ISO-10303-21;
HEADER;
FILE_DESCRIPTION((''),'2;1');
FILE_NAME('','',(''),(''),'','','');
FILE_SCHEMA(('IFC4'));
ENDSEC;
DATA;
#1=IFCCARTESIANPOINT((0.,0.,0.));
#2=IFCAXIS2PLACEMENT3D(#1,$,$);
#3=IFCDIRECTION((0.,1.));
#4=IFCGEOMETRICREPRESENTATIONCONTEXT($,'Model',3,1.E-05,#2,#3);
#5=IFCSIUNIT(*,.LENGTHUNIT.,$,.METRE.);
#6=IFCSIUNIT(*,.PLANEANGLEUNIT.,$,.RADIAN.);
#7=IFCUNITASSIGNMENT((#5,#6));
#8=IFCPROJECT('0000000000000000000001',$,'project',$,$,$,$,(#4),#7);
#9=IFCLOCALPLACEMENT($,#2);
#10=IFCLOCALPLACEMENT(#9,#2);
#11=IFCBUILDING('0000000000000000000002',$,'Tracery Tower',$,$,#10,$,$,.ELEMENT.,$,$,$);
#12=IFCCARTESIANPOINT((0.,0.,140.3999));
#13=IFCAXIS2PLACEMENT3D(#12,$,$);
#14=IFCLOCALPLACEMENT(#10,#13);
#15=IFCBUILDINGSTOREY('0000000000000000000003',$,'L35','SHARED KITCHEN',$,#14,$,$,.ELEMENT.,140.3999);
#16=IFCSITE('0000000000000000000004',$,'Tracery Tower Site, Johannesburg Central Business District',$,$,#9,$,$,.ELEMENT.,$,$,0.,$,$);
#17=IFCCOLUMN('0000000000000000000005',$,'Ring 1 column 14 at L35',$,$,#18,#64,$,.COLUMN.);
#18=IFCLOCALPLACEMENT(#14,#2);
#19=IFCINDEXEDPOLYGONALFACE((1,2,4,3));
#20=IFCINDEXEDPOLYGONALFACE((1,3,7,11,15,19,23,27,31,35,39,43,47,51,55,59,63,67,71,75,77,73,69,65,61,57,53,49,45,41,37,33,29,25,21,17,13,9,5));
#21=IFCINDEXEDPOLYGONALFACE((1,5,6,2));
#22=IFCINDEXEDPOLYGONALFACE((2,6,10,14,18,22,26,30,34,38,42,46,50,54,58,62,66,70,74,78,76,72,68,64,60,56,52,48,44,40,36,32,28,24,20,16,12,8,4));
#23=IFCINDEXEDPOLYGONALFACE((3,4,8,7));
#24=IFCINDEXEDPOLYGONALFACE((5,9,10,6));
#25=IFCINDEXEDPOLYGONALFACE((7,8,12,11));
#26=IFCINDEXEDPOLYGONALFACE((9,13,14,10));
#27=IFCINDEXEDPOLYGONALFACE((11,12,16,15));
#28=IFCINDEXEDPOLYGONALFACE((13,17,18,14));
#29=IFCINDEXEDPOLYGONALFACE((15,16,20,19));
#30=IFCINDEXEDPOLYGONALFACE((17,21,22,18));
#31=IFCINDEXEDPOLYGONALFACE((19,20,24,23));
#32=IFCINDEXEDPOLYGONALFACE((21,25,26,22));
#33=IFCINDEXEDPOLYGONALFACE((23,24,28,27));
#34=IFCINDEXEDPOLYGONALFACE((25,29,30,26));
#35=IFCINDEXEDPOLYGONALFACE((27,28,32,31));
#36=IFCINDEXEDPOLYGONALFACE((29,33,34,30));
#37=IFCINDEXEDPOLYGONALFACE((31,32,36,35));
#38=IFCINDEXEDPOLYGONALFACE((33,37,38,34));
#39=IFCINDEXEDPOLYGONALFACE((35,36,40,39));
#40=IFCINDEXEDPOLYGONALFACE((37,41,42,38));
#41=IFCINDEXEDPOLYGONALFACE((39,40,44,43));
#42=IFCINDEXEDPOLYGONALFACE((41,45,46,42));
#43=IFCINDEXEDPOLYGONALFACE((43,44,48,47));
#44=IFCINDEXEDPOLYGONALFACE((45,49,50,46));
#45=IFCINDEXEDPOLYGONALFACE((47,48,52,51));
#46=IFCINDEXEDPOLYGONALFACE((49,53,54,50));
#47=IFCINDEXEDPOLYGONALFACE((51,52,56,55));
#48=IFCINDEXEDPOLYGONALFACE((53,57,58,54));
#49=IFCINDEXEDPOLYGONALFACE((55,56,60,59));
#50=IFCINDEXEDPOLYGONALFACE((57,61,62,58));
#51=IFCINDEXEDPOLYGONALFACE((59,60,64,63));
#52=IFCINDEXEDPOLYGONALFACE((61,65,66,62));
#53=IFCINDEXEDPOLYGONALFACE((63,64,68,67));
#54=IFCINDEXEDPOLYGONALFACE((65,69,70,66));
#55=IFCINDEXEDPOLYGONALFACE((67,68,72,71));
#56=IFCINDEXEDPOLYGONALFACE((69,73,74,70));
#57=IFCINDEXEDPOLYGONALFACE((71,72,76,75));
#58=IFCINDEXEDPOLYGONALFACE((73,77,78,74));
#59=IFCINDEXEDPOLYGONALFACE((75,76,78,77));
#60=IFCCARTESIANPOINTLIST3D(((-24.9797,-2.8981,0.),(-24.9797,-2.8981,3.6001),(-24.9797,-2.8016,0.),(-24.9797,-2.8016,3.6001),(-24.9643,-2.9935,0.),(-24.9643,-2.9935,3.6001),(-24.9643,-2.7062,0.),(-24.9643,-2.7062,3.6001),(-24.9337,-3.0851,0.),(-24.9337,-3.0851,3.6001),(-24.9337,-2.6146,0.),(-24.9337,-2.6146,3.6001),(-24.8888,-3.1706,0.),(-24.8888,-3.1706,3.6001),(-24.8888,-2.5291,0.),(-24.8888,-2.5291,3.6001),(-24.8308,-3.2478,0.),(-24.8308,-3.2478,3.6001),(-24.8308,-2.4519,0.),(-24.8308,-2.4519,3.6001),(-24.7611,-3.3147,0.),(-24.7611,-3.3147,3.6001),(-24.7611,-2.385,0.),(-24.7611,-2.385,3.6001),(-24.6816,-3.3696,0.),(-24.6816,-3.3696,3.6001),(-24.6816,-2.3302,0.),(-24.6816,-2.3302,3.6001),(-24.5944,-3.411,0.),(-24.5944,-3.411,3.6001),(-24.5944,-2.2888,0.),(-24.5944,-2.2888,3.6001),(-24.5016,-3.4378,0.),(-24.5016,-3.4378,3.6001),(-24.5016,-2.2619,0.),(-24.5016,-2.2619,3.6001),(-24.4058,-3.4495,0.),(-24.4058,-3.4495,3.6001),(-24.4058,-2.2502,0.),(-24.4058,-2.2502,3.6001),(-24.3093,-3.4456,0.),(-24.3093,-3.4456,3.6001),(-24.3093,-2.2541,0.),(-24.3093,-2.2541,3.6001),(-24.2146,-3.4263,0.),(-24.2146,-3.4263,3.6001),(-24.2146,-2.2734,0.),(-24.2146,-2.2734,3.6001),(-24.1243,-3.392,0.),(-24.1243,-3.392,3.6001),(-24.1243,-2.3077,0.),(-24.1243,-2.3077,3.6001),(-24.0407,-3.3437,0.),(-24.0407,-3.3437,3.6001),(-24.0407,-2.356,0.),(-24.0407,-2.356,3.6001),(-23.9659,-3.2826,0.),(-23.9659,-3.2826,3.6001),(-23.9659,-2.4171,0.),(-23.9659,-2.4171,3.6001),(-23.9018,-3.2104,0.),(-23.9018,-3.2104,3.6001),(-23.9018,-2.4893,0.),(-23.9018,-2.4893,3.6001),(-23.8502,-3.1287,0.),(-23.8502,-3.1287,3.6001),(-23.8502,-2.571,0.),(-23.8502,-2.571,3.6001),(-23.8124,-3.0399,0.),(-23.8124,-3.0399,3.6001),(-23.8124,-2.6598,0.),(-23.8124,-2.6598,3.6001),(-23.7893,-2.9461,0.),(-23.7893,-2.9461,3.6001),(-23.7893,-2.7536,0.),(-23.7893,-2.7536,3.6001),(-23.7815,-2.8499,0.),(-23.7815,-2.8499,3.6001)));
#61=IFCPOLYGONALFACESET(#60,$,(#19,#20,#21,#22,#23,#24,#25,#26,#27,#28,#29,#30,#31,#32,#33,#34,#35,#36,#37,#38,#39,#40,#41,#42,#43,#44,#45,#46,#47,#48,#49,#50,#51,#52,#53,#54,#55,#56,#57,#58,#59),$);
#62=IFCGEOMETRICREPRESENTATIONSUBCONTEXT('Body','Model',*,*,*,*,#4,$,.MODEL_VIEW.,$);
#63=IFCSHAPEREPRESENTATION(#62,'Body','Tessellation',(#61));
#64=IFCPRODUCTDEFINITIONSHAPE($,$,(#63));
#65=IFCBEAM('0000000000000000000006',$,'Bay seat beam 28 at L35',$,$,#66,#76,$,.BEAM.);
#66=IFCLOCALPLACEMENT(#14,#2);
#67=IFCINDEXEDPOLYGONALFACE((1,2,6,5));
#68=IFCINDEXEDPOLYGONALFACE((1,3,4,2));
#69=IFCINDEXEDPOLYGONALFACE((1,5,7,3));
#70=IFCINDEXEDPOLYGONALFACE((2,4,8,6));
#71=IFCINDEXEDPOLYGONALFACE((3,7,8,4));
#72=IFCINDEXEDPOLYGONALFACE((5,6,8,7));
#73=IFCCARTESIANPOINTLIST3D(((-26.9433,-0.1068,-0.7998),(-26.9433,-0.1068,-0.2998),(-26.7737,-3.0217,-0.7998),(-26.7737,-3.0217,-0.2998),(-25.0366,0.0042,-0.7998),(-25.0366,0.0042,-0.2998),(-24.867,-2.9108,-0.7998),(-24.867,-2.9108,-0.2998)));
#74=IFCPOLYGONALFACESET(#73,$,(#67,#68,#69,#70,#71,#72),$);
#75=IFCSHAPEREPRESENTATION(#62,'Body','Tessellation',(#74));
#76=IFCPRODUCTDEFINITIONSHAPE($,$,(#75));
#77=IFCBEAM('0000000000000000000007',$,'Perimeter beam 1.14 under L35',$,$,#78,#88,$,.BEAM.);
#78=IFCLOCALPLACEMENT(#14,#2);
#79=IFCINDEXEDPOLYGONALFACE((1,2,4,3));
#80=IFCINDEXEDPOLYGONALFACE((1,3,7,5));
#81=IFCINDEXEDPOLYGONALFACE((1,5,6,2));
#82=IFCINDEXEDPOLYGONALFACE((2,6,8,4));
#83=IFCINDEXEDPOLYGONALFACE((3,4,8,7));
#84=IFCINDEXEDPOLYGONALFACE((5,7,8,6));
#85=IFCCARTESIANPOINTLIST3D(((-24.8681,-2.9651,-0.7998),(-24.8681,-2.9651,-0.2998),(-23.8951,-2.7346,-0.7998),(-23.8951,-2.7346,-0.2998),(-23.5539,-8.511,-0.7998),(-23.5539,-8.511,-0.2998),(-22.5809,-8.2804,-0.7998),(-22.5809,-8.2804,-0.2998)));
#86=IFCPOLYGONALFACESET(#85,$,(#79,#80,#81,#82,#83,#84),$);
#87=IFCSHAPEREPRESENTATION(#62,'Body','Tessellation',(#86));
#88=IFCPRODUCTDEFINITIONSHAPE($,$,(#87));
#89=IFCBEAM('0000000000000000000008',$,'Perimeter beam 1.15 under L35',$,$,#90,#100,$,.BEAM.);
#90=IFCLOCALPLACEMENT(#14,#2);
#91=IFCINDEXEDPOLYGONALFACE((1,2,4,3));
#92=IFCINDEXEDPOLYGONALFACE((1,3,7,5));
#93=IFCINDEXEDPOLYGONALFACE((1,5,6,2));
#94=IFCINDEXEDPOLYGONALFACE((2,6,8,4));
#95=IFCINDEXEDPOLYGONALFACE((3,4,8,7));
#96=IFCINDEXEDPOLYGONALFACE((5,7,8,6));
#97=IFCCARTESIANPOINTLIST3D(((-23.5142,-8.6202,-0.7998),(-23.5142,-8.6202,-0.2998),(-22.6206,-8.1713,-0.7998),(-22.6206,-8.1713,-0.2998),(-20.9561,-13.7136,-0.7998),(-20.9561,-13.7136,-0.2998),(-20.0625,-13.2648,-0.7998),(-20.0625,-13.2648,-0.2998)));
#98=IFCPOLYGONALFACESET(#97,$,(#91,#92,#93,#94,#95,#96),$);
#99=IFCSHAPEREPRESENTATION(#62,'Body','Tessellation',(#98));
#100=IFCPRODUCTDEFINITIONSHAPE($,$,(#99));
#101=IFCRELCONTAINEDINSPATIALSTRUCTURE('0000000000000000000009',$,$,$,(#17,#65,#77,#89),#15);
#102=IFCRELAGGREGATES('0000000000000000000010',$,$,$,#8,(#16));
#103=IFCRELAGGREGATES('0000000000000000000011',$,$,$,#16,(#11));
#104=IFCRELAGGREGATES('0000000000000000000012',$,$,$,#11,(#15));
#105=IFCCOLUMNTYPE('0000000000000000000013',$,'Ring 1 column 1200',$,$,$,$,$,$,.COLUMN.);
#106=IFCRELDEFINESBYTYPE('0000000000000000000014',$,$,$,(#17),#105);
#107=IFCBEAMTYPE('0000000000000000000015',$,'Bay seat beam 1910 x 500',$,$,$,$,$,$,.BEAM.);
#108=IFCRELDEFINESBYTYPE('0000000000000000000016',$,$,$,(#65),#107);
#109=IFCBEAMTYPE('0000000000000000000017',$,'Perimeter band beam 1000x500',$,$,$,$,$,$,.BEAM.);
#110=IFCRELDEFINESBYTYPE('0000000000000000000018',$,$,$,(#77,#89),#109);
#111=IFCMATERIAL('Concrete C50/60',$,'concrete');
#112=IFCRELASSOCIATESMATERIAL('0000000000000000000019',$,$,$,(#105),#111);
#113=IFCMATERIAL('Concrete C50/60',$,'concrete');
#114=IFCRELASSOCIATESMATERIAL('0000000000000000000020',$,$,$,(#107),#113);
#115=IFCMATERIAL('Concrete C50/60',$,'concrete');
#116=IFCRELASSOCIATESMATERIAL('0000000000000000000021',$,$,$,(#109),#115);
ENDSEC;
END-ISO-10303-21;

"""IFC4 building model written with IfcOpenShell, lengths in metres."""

from ifc_helpers import new_model, si_unit, direction, frame, origin, origin_2d, place, context, subcontext, project, spatial, rectangle, circle, extrude, material, material_profile, profile_set, type_object, element, save


model = new_model("IFC4")

# Units and contexts
model_context = context("Model", 3, precision=1e-05, world=origin(), true_north=direction((0.0, 1.0)))
body_context = subcontext(model_context, "Body", "Model", "MODEL_VIEW")
ifc_project = project(units=[si_unit("LENGTHUNIT", "METRE"), si_unit("PLANEANGLEUNIT", "RADIAN")], contexts=[model_context])

# Site, building, storey
site_placement = place(None, origin())
site = spatial("IfcSite", under=ifc_project, at=site_placement, Name="Tracery Tower Site, Johannesburg Central Business District", CompositionType="ELEMENT", RefElevation=0.0)
building_placement = place(site_placement, origin())
building = spatial("IfcBuilding", under=site, at=building_placement, Name="Tracery Tower", CompositionType="ELEMENT")
storey_placement = place(building_placement, frame((0.0, 0.0, 140.3999)))
storey = spatial("IfcBuildingStorey", under=building, at=storey_placement, Name="L35", Description="SHARED KITCHEN", CompositionType="ELEMENT", Elevation=140.3999)

# Column
ifc_material_1 = material(Name="Concrete C50/60", Category="concrete")
ifc_material_profile_1 = material_profile(ifc_material_1, circle(Radius=0.6001, at=origin_2d()), Name="RC D1200")
ifc_profile_set_1 = profile_set([ifc_material_profile_1], Name="Concrete C50/60")
column_type = type_object("IfcColumnType", Name="Ring 1 column 1200", PredefinedType="COLUMN", material=ifc_profile_set_1)
column_placement = place(storey_placement, frame((-24.3816, -2.8499, 0.0), z_axis=(0.0, 0.0, 1.0), x_axis=(1.0, 0.0, 0.0)))
element("IfcColumn", 1, at=column_placement, inside=storey, type_object=column_type, Name="Ring 1 column 14 at L35", PredefinedType="COLUMN", context=body_context, shape_type="SweptSolid", body=[
    extrude(circle(Radius=0.6001, at=origin_2d()), origin(), (0.0, 0.0, 1.0), 3.6001),
])

# Beams
ifc_material_2 = material(Name="Concrete C50/60", Category="concrete")
ifc_material_profile_2 = material_profile(ifc_material_2, rectangle(XDim=1.9099, YDim=0.5, at=origin_2d()), Name="RC 1910x500")
ifc_profile_set_2 = profile_set([ifc_material_profile_2], Name="Concrete C50/60")
beam_type_1 = type_object("IfcBeamType", Name="Bay seat beam 1910 x 500", PredefinedType="BEAM", material=ifc_profile_set_2)
beam_1_placement = place(storey_placement, frame((-25.99, -0.0513, -0.5498), z_axis=(0.058109, -0.99831, 0.0), x_axis=(0.99831, 0.058109, 0.0)))
element("IfcBeam", 2, at=beam_1_placement, inside=storey, type_object=beam_type_1, Name="Bay seat beam 28 at L35", PredefinedType="BEAM", context=body_context, shape_type="SweptSolid", body=[
    extrude(rectangle(XDim=1.9099, YDim=0.5, at=origin_2d()), origin(), (0.0, 0.0, 1.0), 2.9199),
])
ifc_material_3 = material(Name="Concrete C50/60", Category="concrete")
ifc_material_profile_3 = material_profile(ifc_material_3, rectangle(XDim=1.0, YDim=0.5, at=origin_2d()), Name="RC 1000x500")
ifc_profile_set_3 = profile_set([ifc_material_profile_3], Name="Concrete C50/60")
beam_type_2 = type_object("IfcBeamType", Name="Perimeter band beam 1000x500", PredefinedType="BEAM", material=ifc_profile_set_3)
beam_2_placement = place(storey_placement, frame((-24.3816, -2.8499, -0.5498), z_axis=(0.230584, -0.973052, 0.0), x_axis=(0.973052, 0.230584, 0.0)))
element("IfcBeam", 3, at=beam_2_placement, inside=storey, type_object=beam_type_2, Name="Perimeter beam 1.14 under L35", PredefinedType="BEAM", context=body_context, shape_type="SweptSolid", body=[
    extrude(rectangle(XDim=1.0, YDim=0.5, at=origin_2d()), origin(), (0.0, 0.0, 1.0), 5.6995),
])
beam_3_placement = place(storey_placement, frame((-23.0674, -8.3958, -0.5498), z_axis=(0.448806, -0.893629, 0.0), x_axis=(0.893629, 0.448806, 0.0)))
element("IfcBeam", 4, at=beam_3_placement, inside=storey, type_object=beam_type_2, Name="Perimeter beam 1.15 under L35", PredefinedType="BEAM", context=body_context, shape_type="SweptSolid", body=[
    extrude(rectangle(XDim=1.0, YDim=0.5, at=origin_2d()), origin(), (0.0, 0.0, 1.0), 5.6997),
])

save(model, "model.ifc")
